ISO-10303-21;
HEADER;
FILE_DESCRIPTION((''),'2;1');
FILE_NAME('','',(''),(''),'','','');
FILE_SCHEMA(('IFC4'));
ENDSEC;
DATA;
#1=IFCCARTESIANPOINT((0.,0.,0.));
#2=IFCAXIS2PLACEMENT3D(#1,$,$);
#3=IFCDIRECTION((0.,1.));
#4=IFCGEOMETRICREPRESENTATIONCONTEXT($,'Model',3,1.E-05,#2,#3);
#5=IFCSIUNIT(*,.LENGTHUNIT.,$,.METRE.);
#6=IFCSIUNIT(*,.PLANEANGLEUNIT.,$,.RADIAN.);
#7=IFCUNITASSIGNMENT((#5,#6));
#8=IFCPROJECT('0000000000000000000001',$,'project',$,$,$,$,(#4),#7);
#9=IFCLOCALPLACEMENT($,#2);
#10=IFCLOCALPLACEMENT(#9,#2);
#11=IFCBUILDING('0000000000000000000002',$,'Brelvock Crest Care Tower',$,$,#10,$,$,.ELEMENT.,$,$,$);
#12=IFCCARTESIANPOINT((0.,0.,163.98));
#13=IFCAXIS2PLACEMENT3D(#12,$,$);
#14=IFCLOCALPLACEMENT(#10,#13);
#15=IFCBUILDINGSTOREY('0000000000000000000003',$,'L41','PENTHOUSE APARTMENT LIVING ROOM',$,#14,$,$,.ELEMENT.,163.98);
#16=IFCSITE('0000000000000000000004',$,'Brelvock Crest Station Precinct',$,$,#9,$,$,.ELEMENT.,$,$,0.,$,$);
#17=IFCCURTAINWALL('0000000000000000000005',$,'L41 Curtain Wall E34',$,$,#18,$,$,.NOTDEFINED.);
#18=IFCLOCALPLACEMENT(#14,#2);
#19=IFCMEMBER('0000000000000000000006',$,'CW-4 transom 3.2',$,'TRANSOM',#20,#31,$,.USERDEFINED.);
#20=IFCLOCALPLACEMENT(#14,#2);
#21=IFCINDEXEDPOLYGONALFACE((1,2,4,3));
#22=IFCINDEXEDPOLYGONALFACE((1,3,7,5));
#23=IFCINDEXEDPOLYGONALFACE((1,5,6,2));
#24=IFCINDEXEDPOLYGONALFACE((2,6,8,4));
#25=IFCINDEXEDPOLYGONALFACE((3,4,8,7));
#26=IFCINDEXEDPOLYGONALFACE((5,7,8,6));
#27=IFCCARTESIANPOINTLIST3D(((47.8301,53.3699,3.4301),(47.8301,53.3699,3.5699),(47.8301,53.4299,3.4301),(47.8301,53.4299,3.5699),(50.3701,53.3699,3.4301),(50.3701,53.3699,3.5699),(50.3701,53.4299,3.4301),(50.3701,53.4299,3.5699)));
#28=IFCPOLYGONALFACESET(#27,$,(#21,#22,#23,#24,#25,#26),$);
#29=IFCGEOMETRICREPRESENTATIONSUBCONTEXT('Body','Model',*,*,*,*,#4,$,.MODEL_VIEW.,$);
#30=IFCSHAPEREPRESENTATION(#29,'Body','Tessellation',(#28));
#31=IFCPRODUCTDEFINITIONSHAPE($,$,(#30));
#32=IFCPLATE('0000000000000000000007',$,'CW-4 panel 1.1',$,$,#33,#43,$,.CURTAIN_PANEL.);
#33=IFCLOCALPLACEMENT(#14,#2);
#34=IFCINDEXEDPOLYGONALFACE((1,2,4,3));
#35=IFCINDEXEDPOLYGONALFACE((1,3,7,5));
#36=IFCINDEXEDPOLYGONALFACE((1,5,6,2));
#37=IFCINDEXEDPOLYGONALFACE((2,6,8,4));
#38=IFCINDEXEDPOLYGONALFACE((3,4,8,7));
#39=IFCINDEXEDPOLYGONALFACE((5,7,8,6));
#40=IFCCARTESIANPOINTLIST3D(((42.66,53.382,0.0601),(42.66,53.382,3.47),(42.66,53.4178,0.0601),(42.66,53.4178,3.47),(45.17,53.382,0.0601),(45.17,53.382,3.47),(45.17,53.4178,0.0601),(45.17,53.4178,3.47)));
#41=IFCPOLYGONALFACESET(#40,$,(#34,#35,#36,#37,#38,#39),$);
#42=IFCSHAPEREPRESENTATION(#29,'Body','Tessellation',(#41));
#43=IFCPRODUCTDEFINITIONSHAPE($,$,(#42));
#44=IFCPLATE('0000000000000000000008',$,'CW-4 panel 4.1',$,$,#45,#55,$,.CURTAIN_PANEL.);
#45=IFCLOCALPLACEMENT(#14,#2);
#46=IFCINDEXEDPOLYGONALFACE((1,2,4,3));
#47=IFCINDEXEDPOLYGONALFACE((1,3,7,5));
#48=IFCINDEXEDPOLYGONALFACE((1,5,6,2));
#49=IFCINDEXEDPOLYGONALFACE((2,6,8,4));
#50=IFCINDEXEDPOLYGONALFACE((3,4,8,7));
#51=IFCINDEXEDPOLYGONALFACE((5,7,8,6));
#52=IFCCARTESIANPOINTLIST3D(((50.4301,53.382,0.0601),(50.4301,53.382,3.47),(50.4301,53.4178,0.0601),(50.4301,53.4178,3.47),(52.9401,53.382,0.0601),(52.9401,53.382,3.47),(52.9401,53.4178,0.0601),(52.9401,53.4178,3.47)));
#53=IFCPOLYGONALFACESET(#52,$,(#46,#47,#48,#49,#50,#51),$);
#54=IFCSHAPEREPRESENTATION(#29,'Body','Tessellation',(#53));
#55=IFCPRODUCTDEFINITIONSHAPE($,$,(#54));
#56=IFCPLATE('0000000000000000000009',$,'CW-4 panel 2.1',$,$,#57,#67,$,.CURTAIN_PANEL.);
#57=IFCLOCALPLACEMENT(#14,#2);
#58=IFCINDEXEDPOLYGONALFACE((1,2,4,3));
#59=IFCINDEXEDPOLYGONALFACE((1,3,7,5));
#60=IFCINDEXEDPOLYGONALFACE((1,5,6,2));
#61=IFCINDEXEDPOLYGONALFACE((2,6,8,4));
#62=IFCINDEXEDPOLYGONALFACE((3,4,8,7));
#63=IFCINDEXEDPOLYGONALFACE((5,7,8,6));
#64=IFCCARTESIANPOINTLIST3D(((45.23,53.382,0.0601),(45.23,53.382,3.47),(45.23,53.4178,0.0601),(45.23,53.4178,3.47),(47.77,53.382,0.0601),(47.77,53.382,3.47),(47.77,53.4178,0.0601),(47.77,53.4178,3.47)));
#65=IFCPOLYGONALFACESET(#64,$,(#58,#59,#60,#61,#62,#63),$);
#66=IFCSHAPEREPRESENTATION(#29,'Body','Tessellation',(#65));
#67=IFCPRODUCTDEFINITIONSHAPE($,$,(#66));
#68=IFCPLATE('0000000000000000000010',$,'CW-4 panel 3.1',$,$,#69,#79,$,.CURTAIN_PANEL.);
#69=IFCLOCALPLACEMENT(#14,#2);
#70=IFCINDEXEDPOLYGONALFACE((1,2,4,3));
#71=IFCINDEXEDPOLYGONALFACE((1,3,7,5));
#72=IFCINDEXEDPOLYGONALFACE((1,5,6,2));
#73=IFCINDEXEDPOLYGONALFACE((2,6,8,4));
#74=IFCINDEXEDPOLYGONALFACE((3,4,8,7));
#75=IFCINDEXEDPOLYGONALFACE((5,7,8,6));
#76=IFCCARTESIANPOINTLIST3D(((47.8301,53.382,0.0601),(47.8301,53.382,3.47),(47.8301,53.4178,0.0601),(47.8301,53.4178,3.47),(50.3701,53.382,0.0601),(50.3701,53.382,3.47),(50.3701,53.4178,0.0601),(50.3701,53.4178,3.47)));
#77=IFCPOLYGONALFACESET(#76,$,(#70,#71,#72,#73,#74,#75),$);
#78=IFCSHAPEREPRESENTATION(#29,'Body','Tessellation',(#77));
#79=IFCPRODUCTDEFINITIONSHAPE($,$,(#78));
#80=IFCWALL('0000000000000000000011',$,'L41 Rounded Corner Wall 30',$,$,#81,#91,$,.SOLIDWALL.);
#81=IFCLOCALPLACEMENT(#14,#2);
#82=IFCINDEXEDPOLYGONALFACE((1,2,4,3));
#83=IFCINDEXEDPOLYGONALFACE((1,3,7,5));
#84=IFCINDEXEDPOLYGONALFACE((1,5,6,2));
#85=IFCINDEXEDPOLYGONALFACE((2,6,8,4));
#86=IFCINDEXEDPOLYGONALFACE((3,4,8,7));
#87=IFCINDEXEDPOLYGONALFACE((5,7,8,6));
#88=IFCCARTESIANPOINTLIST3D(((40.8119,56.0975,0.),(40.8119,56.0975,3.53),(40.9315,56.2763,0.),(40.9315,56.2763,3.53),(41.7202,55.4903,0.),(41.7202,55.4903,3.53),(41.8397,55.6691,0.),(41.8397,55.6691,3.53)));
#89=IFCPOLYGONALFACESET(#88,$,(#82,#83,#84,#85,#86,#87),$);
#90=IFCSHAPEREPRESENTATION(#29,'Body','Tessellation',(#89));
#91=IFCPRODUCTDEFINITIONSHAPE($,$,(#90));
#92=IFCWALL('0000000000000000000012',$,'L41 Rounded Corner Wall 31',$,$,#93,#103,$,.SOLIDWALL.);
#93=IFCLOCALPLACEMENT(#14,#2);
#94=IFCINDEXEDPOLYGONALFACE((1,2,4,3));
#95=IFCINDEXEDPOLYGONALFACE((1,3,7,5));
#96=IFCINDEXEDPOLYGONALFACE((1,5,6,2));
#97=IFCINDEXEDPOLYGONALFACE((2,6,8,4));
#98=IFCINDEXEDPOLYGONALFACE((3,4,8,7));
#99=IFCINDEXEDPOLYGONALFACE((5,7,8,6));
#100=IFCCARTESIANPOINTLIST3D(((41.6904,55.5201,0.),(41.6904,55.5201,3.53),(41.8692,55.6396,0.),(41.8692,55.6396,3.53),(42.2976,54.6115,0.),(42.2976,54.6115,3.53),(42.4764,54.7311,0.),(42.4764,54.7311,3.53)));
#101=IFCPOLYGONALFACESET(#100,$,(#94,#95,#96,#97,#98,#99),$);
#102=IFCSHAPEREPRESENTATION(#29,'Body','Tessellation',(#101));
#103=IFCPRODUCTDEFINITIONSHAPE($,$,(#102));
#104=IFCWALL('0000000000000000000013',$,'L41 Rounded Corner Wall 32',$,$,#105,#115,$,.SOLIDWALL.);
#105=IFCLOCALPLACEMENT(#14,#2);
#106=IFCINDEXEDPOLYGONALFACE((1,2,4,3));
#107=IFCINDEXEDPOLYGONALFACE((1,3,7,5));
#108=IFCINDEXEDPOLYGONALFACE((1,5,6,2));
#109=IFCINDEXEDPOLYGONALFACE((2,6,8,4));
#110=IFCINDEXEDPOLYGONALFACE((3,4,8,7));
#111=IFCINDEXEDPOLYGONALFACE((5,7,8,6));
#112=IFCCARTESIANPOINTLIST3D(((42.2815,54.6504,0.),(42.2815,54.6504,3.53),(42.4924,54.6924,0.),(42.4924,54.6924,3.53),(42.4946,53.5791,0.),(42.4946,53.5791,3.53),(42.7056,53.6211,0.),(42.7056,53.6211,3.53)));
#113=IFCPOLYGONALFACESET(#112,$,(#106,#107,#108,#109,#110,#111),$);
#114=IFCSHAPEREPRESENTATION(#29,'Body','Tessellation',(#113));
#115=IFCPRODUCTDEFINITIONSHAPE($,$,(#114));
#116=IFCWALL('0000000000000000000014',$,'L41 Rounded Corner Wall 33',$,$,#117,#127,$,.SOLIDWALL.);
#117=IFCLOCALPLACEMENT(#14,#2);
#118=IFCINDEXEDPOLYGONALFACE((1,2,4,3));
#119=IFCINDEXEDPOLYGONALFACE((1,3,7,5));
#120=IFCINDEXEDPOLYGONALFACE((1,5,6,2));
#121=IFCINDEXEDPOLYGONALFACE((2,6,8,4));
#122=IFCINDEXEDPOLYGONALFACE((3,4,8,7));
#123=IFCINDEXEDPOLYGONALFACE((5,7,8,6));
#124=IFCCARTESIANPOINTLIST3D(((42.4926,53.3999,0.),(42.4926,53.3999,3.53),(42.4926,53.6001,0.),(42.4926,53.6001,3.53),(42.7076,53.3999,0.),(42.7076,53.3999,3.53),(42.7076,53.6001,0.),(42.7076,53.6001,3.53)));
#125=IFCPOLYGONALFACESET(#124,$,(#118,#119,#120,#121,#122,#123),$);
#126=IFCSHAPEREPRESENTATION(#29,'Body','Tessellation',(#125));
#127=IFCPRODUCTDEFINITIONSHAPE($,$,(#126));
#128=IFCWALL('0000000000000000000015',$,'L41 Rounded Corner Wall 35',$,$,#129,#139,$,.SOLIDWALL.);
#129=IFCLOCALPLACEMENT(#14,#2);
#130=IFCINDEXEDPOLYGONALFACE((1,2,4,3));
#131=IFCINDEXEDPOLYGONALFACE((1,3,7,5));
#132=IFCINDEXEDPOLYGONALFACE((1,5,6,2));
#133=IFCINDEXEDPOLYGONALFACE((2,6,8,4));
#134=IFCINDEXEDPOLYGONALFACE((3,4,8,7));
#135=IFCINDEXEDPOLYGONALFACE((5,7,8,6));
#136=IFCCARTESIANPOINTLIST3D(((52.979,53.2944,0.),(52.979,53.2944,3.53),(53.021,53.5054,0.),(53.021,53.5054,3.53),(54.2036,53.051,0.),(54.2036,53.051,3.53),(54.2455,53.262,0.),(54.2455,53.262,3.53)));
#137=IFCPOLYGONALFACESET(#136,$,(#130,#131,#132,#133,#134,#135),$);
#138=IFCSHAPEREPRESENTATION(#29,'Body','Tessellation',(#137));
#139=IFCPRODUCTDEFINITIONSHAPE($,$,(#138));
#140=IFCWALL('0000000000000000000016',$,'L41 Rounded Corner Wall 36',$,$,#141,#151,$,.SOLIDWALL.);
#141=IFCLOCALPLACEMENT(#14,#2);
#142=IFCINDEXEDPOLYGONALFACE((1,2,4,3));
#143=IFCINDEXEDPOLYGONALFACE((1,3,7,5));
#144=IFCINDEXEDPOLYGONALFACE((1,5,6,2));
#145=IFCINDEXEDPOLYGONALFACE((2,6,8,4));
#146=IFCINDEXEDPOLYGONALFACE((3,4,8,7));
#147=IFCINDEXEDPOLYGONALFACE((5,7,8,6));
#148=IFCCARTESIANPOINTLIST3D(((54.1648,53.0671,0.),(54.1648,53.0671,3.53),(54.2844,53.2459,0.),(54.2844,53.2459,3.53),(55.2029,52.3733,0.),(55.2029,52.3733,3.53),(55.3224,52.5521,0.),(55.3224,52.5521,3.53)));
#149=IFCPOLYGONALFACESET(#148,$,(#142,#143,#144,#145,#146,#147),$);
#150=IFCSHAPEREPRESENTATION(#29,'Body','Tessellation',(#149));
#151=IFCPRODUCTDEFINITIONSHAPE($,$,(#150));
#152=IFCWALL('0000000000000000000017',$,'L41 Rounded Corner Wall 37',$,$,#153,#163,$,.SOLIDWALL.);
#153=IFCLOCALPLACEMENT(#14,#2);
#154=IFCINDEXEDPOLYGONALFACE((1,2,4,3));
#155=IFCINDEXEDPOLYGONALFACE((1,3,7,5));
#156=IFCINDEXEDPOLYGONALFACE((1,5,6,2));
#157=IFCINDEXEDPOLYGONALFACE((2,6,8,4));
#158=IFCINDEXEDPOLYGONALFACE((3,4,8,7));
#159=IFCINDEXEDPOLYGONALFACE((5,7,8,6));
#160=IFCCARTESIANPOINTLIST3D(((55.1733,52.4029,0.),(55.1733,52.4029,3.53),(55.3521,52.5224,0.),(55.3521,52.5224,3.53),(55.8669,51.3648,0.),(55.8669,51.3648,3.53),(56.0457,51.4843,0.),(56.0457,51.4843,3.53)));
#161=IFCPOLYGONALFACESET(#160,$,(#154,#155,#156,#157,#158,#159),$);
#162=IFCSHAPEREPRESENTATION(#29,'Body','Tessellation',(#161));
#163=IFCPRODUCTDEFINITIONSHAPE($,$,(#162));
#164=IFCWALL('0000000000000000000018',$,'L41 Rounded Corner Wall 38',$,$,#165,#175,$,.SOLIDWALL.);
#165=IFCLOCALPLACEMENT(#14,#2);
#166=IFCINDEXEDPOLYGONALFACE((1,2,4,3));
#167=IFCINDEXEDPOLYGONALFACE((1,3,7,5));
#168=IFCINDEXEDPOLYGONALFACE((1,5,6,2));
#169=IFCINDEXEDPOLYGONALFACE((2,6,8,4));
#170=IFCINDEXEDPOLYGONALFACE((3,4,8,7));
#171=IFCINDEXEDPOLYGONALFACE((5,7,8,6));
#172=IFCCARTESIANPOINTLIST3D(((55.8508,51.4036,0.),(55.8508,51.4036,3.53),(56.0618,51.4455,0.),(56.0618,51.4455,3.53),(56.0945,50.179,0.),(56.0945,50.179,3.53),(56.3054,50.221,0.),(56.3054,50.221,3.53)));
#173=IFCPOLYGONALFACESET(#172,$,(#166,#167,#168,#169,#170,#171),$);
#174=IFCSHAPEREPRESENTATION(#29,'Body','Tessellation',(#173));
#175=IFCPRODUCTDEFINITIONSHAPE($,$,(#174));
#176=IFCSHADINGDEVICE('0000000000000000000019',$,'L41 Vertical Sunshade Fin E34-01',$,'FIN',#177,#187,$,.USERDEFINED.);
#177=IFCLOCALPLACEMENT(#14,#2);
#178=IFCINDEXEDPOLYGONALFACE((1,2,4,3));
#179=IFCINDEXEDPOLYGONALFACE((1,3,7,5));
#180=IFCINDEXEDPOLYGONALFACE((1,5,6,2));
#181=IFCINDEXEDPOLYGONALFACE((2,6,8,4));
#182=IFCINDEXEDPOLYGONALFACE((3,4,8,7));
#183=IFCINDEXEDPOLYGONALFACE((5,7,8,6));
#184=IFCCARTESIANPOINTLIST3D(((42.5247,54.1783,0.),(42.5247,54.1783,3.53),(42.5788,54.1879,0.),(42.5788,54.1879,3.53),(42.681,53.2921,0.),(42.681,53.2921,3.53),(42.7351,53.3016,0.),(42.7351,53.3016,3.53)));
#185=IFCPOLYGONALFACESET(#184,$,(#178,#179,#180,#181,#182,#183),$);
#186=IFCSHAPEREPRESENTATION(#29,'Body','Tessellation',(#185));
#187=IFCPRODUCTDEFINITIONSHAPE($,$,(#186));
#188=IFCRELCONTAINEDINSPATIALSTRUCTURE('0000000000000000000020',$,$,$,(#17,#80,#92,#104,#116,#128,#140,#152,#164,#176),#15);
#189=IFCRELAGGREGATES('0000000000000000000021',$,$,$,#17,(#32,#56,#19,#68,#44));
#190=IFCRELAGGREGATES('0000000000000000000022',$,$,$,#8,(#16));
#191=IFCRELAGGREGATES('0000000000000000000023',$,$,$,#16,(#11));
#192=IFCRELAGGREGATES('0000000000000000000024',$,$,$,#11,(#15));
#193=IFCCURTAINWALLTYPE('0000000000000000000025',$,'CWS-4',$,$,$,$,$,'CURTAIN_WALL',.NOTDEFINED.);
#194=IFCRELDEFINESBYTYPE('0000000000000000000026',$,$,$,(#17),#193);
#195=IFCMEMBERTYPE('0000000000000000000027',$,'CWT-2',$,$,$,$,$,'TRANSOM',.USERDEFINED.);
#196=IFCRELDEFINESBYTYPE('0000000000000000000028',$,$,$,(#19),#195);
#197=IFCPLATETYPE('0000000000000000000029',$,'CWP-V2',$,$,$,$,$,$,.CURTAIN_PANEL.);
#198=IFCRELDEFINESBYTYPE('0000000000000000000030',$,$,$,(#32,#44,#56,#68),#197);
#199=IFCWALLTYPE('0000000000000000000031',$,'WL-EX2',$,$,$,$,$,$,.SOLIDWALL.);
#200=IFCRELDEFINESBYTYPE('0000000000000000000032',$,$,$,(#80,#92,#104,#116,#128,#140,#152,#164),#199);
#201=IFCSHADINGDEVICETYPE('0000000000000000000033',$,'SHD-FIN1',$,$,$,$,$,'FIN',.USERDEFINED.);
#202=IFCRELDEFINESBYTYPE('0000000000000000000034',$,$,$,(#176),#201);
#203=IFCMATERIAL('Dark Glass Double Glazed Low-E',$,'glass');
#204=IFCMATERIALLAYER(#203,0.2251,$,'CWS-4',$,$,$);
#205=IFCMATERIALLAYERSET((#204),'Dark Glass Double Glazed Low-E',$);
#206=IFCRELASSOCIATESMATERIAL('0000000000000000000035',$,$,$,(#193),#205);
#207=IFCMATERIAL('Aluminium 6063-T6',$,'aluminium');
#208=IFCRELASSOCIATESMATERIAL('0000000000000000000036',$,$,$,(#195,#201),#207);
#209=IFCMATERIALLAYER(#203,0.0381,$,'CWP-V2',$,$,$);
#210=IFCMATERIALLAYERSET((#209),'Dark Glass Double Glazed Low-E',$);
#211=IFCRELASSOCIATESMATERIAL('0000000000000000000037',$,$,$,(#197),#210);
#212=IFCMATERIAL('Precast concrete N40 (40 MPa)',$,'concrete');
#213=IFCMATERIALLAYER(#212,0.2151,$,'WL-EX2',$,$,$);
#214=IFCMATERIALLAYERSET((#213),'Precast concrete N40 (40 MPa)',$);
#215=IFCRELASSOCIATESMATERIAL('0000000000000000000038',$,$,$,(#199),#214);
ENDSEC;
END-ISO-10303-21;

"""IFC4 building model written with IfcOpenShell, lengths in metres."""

from ifc_helpers import new_model, si_unit, direction, frame, frame_2d, origin, origin_2d, place, context, subcontext, project, spatial, rectangle, extrude, source, transform, mapped, material, layer, layer_set, material_profile, profile_set, type_object, element, aggregate, save


model = new_model("IFC4")

# Units and contexts
model_context = context("Model", 3, precision=1e-05, world=origin(), true_north=direction((0.0, 1.0)))
body_context = subcontext(model_context, "Body", "Model", "MODEL_VIEW")
ifc_project = project(units=[si_unit("LENGTHUNIT", "METRE"), si_unit("PLANEANGLEUNIT", "RADIAN")], contexts=[model_context])

# Site, building, storey
site_placement = place(None, origin())
site = spatial("IfcSite", under=ifc_project, at=site_placement, Name="Brelvock Crest Station Precinct", CompositionType="ELEMENT", RefElevation=0.0)
building_placement = place(site_placement, origin())
building = spatial("IfcBuilding", under=site, at=building_placement, Name="Brelvock Crest Care Tower", CompositionType="ELEMENT")
storey_placement = place(building_placement, frame((0.0, 0.0, 163.98)))
storey = spatial("IfcBuildingStorey", under=building, at=storey_placement, Name="L41", Description="PENTHOUSE APARTMENT LIVING ROOM", CompositionType="ELEMENT", Elevation=163.98)

# Curtain wall
ifc_material_1 = material(Name="Dark Glass Double Glazed Low-E", Category="glass")
ifc_layer_1 = layer(ifc_material_1, 0.2251, Name="CWS-4")
ifc_layer_set_1 = layer_set([ifc_layer_1], Name="Dark Glass Double Glazed Low-E")
curtain_wall_type = type_object("IfcCurtainWallType", Name="CWS-4", ElementType="CURTAIN_WALL", PredefinedType="NOTDEFINED", material=ifc_layer_set_1)
curtain_wall_1_placement = place(storey_placement, origin())
curtain_wall_1 = element("IfcCurtainWall", 1, at=curtain_wall_1_placement, inside=storey, type_object=curtain_wall_type, Name="L41 Curtain Wall E34", PredefinedType="NOTDEFINED")
ifc_material_2 = material(Name="Aluminium 6063-T6", Category="aluminium")
ifc_material_profile_1 = material_profile(ifc_material_2, rectangle(XDim=0.0601, YDim=0.1399, at=origin_2d()), Name="ALU60x140")
ifc_profile_set_1 = profile_set([ifc_material_profile_1], Name="Aluminium 6063-T6")
member_type_1 = type_object("IfcMemberType", Name="CWT-2", ElementType="TRANSOM", PredefinedType="USERDEFINED", material=ifc_profile_set_1)

# Member
shared_shape_1 = source(origin(), body_context, "Body", "SweptSolid", [
    extrude(rectangle(XDim=0.0601, YDim=0.1399, at=origin_2d()), origin(), (0.0, 0.0, 1.0), 2.54),
])
member_1_placement = place(storey_placement, frame((47.8301, 53.3999, 3.5), z_axis=(1.0, 0.0, 0.0), x_axis=(0.0, 1.0, 0.0)))
member_1 = element("IfcMember", 2, at=member_1_placement, type_object=member_type_1, Name="CW-4 transom 3.2", ObjectType="TRANSOM", PredefinedType="USERDEFINED", context=body_context, shape_type="MappedRepresentation", body=[
    mapped(shared_shape_1, transform((0.0, 0.0, 0.0), x_axis=(1.0, 0.0, 0.0), y_axis=(0.0, 1.0, 0.0), z_axis=(0.0, 0.0, 1.0), scale=1.0)),
])

# Plates
ifc_layer_2 = layer(ifc_material_1, 0.0381, Name="CWP-V2")
ifc_layer_set_2 = layer_set([ifc_layer_2], Name="Dark Glass Double Glazed Low-E")
plate_type = type_object("IfcPlateType", Name="CWP-V2", PredefinedType="CURTAIN_PANEL", material=ifc_layer_set_2)
shared_shape_2 = source(origin(), body_context, "Body", "SweptSolid", [
    extrude(rectangle(XDim=2.51, YDim=0.0359, at=origin_2d()), origin(), (0.0, 0.0, 1.0), 3.4099),
])
plate_1_placement = place(storey_placement, frame((43.915, 53.3999, 0.0601), z_axis=(0.0, 0.0, 1.0), x_axis=(1.0, 0.0, 0.0)))
plate_1 = element("IfcPlate", 3, at=plate_1_placement, type_object=plate_type, Name="CW-4 panel 1.1", PredefinedType="CURTAIN_PANEL", context=body_context, shape_type="MappedRepresentation", body=[
    mapped(shared_shape_2, transform((0.0, 0.0, 0.0), x_axis=(1.0, 0.0, 0.0), y_axis=(0.0, 1.0, 0.0), z_axis=(0.0, 0.0, 1.0), scale=1.0)),
])
plate_2_placement = place(storey_placement, frame((51.6851, 53.3999, 0.0601), z_axis=(0.0, 0.0, 1.0), x_axis=(1.0, 0.0, 0.0)))
plate_2 = element("IfcPlate", 4, at=plate_2_placement, type_object=plate_type, Name="CW-4 panel 4.1", PredefinedType="CURTAIN_PANEL", context=body_context, shape_type="MappedRepresentation", body=[
    mapped(shared_shape_2, transform((0.0, 0.0, 0.0), x_axis=(1.0, 0.0, 0.0), y_axis=(0.0, 1.0, 0.0), z_axis=(0.0, 0.0, 1.0), scale=1.0)),
])
shared_shape_3 = source(origin(), body_context, "Body", "SweptSolid", [
    extrude(rectangle(XDim=2.54, YDim=0.0359, at=origin_2d()), origin(), (0.0, 0.0, 1.0), 3.4099),
])
plate_3_placement = place(storey_placement, frame((46.5, 53.3999, 0.0601), z_axis=(0.0, 0.0, 1.0), x_axis=(1.0, 0.0, 0.0)))
plate_3 = element("IfcPlate", 5, at=plate_3_placement, type_object=plate_type, Name="CW-4 panel 2.1", PredefinedType="CURTAIN_PANEL", context=body_context, shape_type="MappedRepresentation", body=[
    mapped(shared_shape_3, transform((0.0, 0.0, 0.0), x_axis=(1.0, 0.0, 0.0), y_axis=(0.0, 1.0, 0.0), z_axis=(0.0, 0.0, 1.0), scale=1.0)),
])
plate_4_placement = place(storey_placement, frame((49.1001, 53.3999, 0.0601), z_axis=(0.0, 0.0, 1.0), x_axis=(1.0, 0.0, 0.0)))
plate_4 = element("IfcPlate", 6, at=plate_4_placement, type_object=plate_type, Name="CW-4 panel 3.1", PredefinedType="CURTAIN_PANEL", context=body_context, shape_type="MappedRepresentation", body=[
    mapped(shared_shape_3, transform((0.0, 0.0, 0.0), x_axis=(1.0, 0.0, 0.0), y_axis=(0.0, 1.0, 0.0), z_axis=(0.0, 0.0, 1.0), scale=1.0)),
])
aggregate(curtain_wall_1, [plate_1, plate_3, member_1, plate_4, plate_2])

# Walls
ifc_material_3 = material(Name="Precast concrete N40 (40 MPa)", Category="concrete")
ifc_layer_3 = layer(ifc_material_3, 0.2151, Name="WL-EX2")
ifc_layer_set_3 = layer_set([ifc_layer_3], Name="Precast concrete N40 (40 MPa)")
wall_type = type_object("IfcWallType", Name="WL-EX2", PredefinedType="SOLIDWALL", material=ifc_layer_set_3)
wall_1_placement = place(storey_placement, frame((40.8716, 56.187, 0.0), z_axis=(0.0, 0.0, 1.0), x_axis=(0.831328, -0.555783, 0.0)))
element("IfcWall", 7, at=wall_1_placement, inside=storey, type_object=wall_type, Name="L41 Rounded Corner Wall 30", PredefinedType="SOLIDWALL", context=body_context, shape_type="SweptSolid", body=[
    extrude(rectangle(XDim=1.0925, YDim=0.2151, at=frame_2d((0.5464, 0.0))), origin(), (0.0, 0.0, 1.0), 3.53),
])
wall_2_placement = place(storey_placement, frame((41.7798, 55.5798, 0.0), z_axis=(0.0, 0.0, 1.0), x_axis=(0.555679, -0.831397, 0.0)))
element("IfcWall", 8, at=wall_2_placement, inside=storey, type_object=wall_type, Name="L41 Rounded Corner Wall 31", PredefinedType="SOLIDWALL", context=body_context, shape_type="SweptSolid", body=[
    extrude(rectangle(XDim=1.0928, YDim=0.2151, at=frame_2d((0.5464, 0.0))), origin(), (0.0, 0.0, 1.0), 3.53),
])
wall_3_placement = place(storey_placement, frame((42.387, 54.6714, 0.0), z_axis=(0.0, 0.0, 1.0), x_axis=(0.195127, -0.980778, 0.0)))
element("IfcWall", 9, at=wall_3_placement, inside=storey, type_object=wall_type, Name="L41 Rounded Corner Wall 32", PredefinedType="SOLIDWALL", context=body_context, shape_type="SweptSolid", body=[
    extrude(rectangle(XDim=1.0923, YDim=0.2151, at=frame_2d((0.5461, 0.0))), origin(), (0.0, 0.0, 1.0), 3.53),
])
wall_4_placement = place(storey_placement, frame((42.6001, 53.6001, 0.0), z_axis=(0.0, 0.0, 1.0), x_axis=(0.0, -1.0, 0.0)))
element("IfcWall", 10, at=wall_4_placement, inside=storey, type_object=wall_type, Name="L41 Rounded Corner Wall 33", PredefinedType="SOLIDWALL", context=body_context, shape_type="SweptSolid", body=[
    extrude(rectangle(XDim=0.2002, YDim=0.2151, at=frame_2d((0.1001, 0.0))), origin(), (0.0, 0.0, 1.0), 3.53),
])
for number, where, z_axis, x_axis, name in (
    (11, (53.0, 53.3999, 0.0), (0.0, 0.0, 1.0), (0.980813, -0.19495, 0.0), "L41 Rounded Corner Wall 35"),
    (12, (54.2246, 53.1565, 0.0), (0.0, 0.0, 1.0), (0.831388, -0.555692, 0.0), "L41 Rounded Corner Wall 36"),
    (13, (55.2627, 52.4626, 0.0), (0.0, 0.0, 1.0), (0.555557, -0.831478, 0.0), "L41 Rounded Corner Wall 37"),
    (14, (55.9563, 51.4246, 0.0), (0.0, 0.0, 1.0), (0.195138, -0.980776, 0.0), "L41 Rounded Corner Wall 38"),
):
    element("IfcWall", number, at=place(storey_placement, frame(where, z_axis=z_axis, x_axis=x_axis)), inside=storey, type_object=wall_type, Name=name, PredefinedType="SOLIDWALL", context=body_context, shape_type="SweptSolid", body=[
        extrude(rectangle(XDim=1.2485, YDim=0.2151, at=frame_2d((0.6243, 0.0))), origin(), (0.0, 0.0, 1.0), 3.53),
    ])

# Shading device
ifc_material_profile_2 = material_profile(ifc_material_2, rectangle(XDim=0.0549, YDim=0.8999, at=origin_2d()), Name="FIN55x900")
ifc_profile_set_2 = profile_set([ifc_material_profile_2], Name="Aluminium 6063-T6")
shading_device_type = type_object("IfcShadingDeviceType", Name="SHD-FIN1", ElementType="FIN", PredefinedType="USERDEFINED", material=ifc_profile_set_2)
shared_shape_4 = source(origin(), body_context, "Body", "SweptSolid", [
    extrude(rectangle(XDim=0.0549, YDim=0.8999, at=origin_2d()), origin(), (0.0, 0.0, 1.0), 3.53),
])
for number, where, z_axis, x_axis, name in (
    (15, (42.6299, 53.74, 0.0), (0.0, 0.0, 1.0), (0.984808, 0.173648, 0.0), "L41 Vertical Sunshade Fin E34-01"),
):
    element("IfcShadingDevice", number, at=place(storey_placement, frame(where, z_axis=z_axis, x_axis=x_axis)), inside=storey, type_object=shading_device_type, Name=name, ObjectType="FIN", PredefinedType="USERDEFINED", context=body_context, shape_type="MappedRepresentation", body=[
        mapped(shared_shape_4, transform((0.0, 0.0, 0.0), x_axis=(1.0, 0.0, 0.0), y_axis=(0.0, 1.0, 0.0), z_axis=(0.0, 0.0, 1.0), scale=1.0)),
    ])

save(model, "model.ifc")
